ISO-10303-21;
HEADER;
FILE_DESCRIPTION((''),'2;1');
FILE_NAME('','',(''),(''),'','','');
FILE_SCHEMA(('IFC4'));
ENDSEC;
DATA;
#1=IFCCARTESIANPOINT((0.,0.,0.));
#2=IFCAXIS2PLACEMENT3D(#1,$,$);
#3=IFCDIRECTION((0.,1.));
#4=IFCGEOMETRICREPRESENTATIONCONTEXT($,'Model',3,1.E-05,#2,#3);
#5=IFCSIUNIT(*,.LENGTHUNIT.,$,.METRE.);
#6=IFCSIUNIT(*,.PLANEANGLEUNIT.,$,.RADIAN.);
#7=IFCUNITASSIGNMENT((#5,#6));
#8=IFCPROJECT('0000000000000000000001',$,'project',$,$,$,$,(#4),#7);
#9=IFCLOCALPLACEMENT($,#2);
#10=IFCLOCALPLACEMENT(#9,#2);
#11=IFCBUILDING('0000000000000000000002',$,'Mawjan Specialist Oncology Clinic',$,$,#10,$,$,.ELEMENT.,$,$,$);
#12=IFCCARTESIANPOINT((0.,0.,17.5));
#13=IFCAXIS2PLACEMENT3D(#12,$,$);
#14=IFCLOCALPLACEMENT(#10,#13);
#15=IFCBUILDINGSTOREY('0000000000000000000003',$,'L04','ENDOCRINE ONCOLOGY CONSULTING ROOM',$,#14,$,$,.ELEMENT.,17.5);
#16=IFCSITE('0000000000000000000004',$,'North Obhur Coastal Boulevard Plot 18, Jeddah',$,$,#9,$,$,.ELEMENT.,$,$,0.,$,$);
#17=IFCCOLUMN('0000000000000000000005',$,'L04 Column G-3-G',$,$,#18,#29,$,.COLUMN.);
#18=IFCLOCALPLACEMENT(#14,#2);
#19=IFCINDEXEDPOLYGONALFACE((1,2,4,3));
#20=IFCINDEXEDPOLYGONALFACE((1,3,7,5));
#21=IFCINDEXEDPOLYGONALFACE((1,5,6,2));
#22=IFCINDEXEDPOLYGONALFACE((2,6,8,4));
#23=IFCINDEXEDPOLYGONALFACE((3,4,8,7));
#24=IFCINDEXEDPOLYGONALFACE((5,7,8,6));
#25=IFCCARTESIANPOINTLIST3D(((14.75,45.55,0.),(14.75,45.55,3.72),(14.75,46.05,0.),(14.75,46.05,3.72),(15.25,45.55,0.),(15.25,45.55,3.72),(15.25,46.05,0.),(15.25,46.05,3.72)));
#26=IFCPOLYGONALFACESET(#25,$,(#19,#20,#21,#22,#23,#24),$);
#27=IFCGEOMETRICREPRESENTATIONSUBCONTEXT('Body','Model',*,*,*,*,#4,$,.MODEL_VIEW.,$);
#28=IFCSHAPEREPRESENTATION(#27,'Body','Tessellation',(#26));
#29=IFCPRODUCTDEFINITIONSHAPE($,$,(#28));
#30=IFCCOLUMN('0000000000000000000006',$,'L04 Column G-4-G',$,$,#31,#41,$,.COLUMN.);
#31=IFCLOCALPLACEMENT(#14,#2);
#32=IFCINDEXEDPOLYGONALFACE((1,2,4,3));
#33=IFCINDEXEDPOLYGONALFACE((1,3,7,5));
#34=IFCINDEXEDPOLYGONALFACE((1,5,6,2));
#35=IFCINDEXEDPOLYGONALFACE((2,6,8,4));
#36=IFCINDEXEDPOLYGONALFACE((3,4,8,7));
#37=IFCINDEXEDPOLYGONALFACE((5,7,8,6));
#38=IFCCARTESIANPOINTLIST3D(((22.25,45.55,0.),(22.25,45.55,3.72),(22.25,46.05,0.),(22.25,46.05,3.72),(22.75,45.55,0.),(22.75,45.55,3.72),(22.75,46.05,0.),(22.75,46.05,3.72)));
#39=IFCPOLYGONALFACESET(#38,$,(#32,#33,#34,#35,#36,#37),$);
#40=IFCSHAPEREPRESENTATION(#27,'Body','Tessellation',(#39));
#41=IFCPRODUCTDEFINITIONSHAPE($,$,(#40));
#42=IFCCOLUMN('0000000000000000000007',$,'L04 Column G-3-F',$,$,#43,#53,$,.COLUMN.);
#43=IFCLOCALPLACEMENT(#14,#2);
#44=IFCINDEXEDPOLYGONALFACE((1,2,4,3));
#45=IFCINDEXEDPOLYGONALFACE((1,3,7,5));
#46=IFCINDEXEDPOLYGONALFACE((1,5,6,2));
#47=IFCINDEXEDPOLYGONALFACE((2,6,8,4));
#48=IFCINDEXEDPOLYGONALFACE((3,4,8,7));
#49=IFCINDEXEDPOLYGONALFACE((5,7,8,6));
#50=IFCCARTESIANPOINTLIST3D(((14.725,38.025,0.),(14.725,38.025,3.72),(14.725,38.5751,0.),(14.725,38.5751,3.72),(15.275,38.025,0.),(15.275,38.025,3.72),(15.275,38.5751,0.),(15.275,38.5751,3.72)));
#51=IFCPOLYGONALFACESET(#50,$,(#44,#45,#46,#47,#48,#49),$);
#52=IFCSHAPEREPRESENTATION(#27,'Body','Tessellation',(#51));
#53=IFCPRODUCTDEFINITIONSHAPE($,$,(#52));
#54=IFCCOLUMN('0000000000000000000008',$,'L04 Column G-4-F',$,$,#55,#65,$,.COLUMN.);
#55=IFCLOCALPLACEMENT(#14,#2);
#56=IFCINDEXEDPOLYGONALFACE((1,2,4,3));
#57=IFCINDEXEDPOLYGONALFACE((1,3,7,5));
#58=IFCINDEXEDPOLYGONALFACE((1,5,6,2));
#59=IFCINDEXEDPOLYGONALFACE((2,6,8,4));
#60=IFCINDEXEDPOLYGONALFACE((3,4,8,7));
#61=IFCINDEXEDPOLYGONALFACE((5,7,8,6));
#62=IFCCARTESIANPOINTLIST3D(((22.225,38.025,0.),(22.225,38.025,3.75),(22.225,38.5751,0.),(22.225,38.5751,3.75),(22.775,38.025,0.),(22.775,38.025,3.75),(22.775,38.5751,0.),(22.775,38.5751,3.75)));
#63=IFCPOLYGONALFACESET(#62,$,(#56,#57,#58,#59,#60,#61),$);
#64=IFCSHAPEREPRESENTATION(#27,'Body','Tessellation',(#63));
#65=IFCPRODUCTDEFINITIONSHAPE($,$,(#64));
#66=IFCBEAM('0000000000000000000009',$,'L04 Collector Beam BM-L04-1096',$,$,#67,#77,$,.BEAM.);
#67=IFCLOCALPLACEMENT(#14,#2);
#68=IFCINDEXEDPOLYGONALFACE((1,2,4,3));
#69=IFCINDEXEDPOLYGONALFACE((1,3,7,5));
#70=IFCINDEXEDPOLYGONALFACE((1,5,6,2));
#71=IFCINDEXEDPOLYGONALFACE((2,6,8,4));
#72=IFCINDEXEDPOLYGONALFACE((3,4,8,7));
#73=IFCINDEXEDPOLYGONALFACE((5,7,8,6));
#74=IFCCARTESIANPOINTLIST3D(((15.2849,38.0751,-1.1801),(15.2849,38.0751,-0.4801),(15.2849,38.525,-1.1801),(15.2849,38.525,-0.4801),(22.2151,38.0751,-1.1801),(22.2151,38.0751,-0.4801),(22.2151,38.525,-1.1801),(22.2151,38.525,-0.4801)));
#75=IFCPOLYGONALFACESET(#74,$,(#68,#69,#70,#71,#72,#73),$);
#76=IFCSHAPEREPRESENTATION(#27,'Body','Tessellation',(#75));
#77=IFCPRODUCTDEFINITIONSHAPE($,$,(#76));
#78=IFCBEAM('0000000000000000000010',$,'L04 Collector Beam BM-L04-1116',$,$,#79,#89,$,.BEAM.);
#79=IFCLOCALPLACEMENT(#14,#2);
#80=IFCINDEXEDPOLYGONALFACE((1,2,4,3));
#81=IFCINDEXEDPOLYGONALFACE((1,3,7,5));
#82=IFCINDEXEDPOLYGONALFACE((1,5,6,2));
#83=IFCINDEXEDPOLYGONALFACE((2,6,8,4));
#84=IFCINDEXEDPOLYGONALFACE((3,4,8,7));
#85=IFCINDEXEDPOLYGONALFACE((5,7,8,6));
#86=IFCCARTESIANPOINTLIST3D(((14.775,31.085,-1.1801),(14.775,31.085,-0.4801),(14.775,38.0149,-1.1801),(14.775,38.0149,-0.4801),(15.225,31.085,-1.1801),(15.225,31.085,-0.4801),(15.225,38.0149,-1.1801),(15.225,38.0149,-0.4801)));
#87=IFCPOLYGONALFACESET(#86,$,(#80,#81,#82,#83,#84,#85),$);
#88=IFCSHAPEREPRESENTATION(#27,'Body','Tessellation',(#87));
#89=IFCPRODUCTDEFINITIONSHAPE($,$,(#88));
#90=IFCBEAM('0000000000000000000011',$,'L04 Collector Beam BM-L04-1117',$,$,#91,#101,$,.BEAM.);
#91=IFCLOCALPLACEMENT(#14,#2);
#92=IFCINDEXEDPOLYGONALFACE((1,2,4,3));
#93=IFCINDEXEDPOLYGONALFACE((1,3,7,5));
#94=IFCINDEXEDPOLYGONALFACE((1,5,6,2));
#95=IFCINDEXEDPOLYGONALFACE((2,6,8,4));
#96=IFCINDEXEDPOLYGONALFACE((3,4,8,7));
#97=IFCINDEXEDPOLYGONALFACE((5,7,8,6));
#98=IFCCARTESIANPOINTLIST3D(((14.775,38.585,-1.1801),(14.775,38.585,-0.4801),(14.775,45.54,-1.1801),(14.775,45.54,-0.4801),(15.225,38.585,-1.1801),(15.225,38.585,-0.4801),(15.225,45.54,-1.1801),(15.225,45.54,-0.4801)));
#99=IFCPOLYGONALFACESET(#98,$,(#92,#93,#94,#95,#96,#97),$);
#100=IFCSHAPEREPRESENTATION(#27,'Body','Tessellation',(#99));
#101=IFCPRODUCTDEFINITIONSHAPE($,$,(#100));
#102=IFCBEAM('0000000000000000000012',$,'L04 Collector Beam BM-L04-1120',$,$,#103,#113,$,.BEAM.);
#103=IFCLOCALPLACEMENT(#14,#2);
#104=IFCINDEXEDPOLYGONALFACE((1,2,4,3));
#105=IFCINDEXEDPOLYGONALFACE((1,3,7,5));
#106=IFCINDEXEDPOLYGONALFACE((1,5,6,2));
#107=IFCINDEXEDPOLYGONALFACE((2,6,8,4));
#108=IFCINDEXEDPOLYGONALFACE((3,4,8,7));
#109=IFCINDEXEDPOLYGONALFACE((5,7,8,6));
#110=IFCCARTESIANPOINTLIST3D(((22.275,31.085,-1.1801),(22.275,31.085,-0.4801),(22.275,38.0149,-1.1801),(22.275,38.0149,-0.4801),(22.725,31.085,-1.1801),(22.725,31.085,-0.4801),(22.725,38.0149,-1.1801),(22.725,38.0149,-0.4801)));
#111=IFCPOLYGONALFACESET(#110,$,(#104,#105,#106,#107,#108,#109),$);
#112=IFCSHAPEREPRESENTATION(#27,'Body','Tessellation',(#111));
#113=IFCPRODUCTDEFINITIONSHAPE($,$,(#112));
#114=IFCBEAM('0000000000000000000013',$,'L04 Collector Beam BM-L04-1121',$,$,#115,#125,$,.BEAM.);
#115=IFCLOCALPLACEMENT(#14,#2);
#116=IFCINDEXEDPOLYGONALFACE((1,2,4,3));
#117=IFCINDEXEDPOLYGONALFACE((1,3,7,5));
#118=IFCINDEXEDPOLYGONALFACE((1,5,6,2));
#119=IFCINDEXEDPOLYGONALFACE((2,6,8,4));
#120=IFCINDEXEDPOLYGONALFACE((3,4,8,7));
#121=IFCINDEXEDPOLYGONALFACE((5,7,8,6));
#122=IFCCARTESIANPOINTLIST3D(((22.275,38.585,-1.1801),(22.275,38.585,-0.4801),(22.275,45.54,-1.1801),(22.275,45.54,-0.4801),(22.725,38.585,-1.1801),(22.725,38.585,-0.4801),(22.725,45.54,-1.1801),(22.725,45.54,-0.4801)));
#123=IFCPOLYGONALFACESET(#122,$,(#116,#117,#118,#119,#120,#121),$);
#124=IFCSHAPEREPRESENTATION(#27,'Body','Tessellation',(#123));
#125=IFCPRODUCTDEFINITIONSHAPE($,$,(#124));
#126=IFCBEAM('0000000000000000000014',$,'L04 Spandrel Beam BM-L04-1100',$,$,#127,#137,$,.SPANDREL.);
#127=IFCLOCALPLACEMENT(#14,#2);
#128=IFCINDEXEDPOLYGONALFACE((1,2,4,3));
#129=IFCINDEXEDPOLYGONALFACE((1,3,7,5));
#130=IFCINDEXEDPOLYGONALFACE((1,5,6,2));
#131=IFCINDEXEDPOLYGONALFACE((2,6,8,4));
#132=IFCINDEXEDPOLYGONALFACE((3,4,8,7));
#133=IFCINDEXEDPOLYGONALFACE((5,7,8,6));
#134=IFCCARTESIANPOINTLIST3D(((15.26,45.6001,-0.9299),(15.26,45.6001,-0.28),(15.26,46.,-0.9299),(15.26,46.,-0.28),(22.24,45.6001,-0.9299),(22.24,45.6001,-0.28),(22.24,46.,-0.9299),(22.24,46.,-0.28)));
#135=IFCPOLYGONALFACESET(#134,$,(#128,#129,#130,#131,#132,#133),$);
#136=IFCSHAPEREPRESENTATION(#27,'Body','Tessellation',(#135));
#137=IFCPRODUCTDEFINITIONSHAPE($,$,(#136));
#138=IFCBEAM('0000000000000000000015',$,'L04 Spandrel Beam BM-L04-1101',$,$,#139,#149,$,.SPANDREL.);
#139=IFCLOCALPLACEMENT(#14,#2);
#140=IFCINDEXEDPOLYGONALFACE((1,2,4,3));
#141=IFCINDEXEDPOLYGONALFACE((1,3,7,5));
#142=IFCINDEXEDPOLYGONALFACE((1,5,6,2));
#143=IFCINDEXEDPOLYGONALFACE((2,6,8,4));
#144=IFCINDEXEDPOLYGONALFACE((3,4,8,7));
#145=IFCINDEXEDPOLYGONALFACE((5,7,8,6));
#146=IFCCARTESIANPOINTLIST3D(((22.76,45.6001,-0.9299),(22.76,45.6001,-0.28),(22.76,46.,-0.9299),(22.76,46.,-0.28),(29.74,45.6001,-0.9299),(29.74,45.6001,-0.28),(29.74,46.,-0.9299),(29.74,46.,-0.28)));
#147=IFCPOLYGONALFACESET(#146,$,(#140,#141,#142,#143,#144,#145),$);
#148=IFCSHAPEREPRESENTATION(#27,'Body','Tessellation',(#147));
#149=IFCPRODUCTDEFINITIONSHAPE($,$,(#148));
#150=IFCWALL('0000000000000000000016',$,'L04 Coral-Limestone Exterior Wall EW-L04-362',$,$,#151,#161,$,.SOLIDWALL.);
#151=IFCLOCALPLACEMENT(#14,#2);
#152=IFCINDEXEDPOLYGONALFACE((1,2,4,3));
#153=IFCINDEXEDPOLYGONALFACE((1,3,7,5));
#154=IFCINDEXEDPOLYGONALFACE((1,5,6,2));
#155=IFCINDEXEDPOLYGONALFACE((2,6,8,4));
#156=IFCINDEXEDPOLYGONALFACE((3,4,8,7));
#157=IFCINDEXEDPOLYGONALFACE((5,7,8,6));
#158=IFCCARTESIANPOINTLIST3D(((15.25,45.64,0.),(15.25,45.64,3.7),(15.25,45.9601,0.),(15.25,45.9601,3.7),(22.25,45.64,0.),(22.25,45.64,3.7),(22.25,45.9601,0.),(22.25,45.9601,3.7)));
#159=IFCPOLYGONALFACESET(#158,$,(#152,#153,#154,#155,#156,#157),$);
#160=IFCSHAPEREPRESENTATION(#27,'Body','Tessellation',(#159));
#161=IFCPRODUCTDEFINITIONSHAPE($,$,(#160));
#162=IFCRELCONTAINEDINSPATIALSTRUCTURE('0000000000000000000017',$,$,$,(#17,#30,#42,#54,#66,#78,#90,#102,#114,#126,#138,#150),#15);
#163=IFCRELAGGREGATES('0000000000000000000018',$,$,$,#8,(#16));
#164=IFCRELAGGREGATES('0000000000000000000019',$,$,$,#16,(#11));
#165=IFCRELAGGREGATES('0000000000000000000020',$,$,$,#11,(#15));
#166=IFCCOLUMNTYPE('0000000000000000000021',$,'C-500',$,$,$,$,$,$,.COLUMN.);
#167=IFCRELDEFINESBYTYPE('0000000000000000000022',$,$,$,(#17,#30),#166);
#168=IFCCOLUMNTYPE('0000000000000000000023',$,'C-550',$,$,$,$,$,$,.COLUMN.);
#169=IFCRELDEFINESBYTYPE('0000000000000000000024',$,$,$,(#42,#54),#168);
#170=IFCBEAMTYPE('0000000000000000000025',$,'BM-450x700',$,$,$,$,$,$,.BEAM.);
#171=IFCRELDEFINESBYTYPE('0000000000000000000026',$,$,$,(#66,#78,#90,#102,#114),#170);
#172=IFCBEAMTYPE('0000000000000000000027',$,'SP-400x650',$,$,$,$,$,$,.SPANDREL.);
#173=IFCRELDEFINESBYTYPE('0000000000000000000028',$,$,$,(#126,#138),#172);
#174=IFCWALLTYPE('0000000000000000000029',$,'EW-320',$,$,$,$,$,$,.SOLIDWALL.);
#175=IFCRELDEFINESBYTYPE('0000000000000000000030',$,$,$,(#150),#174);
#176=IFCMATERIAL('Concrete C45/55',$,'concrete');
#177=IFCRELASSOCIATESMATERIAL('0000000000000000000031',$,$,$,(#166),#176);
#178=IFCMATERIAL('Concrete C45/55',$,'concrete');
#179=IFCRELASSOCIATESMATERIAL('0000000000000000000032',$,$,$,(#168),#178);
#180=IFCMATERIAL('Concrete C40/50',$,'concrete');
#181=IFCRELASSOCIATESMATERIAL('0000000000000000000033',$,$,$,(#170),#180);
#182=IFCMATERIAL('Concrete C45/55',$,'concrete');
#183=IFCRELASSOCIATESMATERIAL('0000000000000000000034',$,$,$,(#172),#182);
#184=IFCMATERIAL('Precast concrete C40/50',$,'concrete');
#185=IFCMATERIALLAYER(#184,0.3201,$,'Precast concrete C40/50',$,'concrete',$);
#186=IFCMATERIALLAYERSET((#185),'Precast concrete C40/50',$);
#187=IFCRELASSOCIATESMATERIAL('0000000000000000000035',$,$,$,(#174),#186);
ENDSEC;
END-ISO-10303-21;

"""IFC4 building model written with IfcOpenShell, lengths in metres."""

from ifc_helpers import new_model, si_unit, direction, frame, frame_2d, origin, origin_2d, place, context, subcontext, project, spatial, rectangle, extrude, material, layer, layer_set, material_profile, profile_set, type_object, element, save


model = new_model("IFC4")

# Units and contexts
model_context = context("Model", 3, precision=1e-05, world=origin(), true_north=direction((0.0, 1.0)))
body_context = subcontext(model_context, "Body", "Model", "MODEL_VIEW")
ifc_project = project(units=[si_unit("LENGTHUNIT", "METRE"), si_unit("PLANEANGLEUNIT", "RADIAN")], contexts=[model_context])

# Site, building, storey
site_placement = place(None, origin())
site = spatial("IfcSite", under=ifc_project, at=site_placement, Name="North Obhur Coastal Boulevard Plot 18, Jeddah", CompositionType="ELEMENT", RefElevation=0.0)
building_placement = place(site_placement, origin())
building = spatial("IfcBuilding", under=site, at=building_placement, Name="Mawjan Specialist Oncology Clinic", CompositionType="ELEMENT")
storey_placement = place(building_placement, frame((0.0, 0.0, 17.5)))
storey = spatial("IfcBuildingStorey", under=building, at=storey_placement, Name="L04", Description="ENDOCRINE ONCOLOGY CONSULTING ROOM", CompositionType="ELEMENT", Elevation=17.5)

# Columns
ifc_material_1 = material(Name="Concrete C45/55", Category="concrete")
ifc_material_profile_1 = material_profile(ifc_material_1, rectangle(XDim=0.5, YDim=0.5, at=origin_2d()), Name="RC COL 500x500", Category="concrete")
ifc_profile_set_1 = profile_set([ifc_material_profile_1], Name="Concrete C45/55")
column_type_1 = type_object("IfcColumnType", Name="C-500", PredefinedType="COLUMN", material=ifc_profile_set_1)
for number, where, z_axis, x_axis, name in (
    (1, (15.0, 45.8, 0.0), (0.0, 0.0, 1.0), (1.0, 0.0, 0.0), "L04 Column G-3-G"),
    (2, (22.5, 45.8, 0.0), (0.0, 0.0, 1.0), (1.0, 0.0, 0.0), "L04 Column G-4-G"),
):
    element("IfcColumn", number, at=place(storey_placement, frame(where, z_axis=z_axis, x_axis=x_axis)), inside=storey, type_object=column_type_1, Name=name, PredefinedType="COLUMN", context=body_context, shape_type="SweptSolid", body=[
        extrude(rectangle(XDim=0.5, YDim=0.5, at=origin_2d()), origin(), (0.0, 0.0, 1.0), 3.72),
    ])
ifc_material_2 = material(Name="Concrete C45/55", Category="concrete")
ifc_material_profile_2 = material_profile(ifc_material_2, rectangle(XDim=0.55, YDim=0.55, at=origin_2d()), Name="RC COL 550x550", Category="concrete")
ifc_profile_set_2 = profile_set([ifc_material_profile_2], Name="Concrete C45/55")
column_type_2 = type_object("IfcColumnType", Name="C-550", PredefinedType="COLUMN", material=ifc_profile_set_2)
column_1_placement = place(storey_placement, frame((15.0, 38.3, 0.0), z_axis=(0.0, 0.0, 1.0), x_axis=(1.0, 0.0, 0.0)))
element("IfcColumn", 3, at=column_1_placement, inside=storey, type_object=column_type_2, Name="L04 Column G-3-F", PredefinedType="COLUMN", context=body_context, shape_type="SweptSolid", body=[
    extrude(rectangle(XDim=0.55, YDim=0.55, at=origin_2d()), origin(), (0.0, 0.0, 1.0), 3.72),
])
column_2_placement = place(storey_placement, frame((22.5, 38.3, 0.0), z_axis=(0.0, 0.0, 1.0), x_axis=(1.0, 0.0, 0.0)))
element("IfcColumn", 4, at=column_2_placement, inside=storey, type_object=column_type_2, Name="L04 Column G-4-F", PredefinedType="COLUMN", context=body_context, shape_type="SweptSolid", body=[
    extrude(rectangle(XDim=0.55, YDim=0.55, at=origin_2d()), origin(), (0.0, 0.0, 1.0), 3.75),
])

# Beams
ifc_material_3 = material(Name="Concrete C40/50", Category="concrete")
ifc_material_profile_3 = material_profile(ifc_material_3, rectangle(XDim=0.45, YDim=0.7, at=origin_2d()), Name="RC BM 450x700", Category="concrete")
ifc_profile_set_3 = profile_set([ifc_material_profile_3], Name="Concrete C40/50")
beam_type_1 = type_object("IfcBeamType", Name="BM-450x700", PredefinedType="BEAM", material=ifc_profile_set_3)
beam_1_placement = place(storey_placement, frame((15.2849, 38.3, -0.8301), z_axis=(1.0, 0.0, 0.0), x_axis=(0.0, 1.0, 0.0)))
element("IfcBeam", 5, at=beam_1_placement, inside=storey, type_object=beam_type_1, Name="L04 Collector Beam BM-L04-1096", PredefinedType="BEAM", context=body_context, shape_type="SweptSolid", body=[
    extrude(rectangle(XDim=0.45, YDim=0.7, at=origin_2d()), origin(), (0.0, 0.0, 1.0), 6.9302),
])
beam_2_placement = place(storey_placement, frame((15.0, 31.085, -0.8301), z_axis=(0.0, 1.0, 0.0), x_axis=(-1.0, 0.0, 0.0)))
element("IfcBeam", 6, at=beam_2_placement, inside=storey, type_object=beam_type_1, Name="L04 Collector Beam BM-L04-1116", PredefinedType="BEAM", context=body_context, shape_type="SweptSolid", body=[
    extrude(rectangle(XDim=0.45, YDim=0.7, at=origin_2d()), origin(), (0.0, 0.0, 1.0), 6.9299),
])
beam_3_placement = place(storey_placement, frame((15.0, 38.585, -0.8301), z_axis=(0.0, 1.0, 0.0), x_axis=(-1.0, 0.0, 0.0)))
element("IfcBeam", 7, at=beam_3_placement, inside=storey, type_object=beam_type_1, Name="L04 Collector Beam BM-L04-1117", PredefinedType="BEAM", context=body_context, shape_type="SweptSolid", body=[
    extrude(rectangle(XDim=0.45, YDim=0.7, at=origin_2d()), origin(), (0.0, 0.0, 1.0), 6.9551),
])
beam_4_placement = place(storey_placement, frame((22.5, 31.085, -0.8301), z_axis=(0.0, 1.0, 0.0), x_axis=(-1.0, 0.0, 0.0)))
element("IfcBeam", 8, at=beam_4_placement, inside=storey, type_object=beam_type_1, Name="L04 Collector Beam BM-L04-1120", PredefinedType="BEAM", context=body_context, shape_type="SweptSolid", body=[
    extrude(rectangle(XDim=0.45, YDim=0.7, at=origin_2d()), origin(), (0.0, 0.0, 1.0), 6.9299),
])
beam_5_placement = place(storey_placement, frame((22.5, 38.585, -0.8301), z_axis=(0.0, 1.0, 0.0), x_axis=(-1.0, 0.0, 0.0)))
element("IfcBeam", 9, at=beam_5_placement, inside=storey, type_object=beam_type_1, Name="L04 Collector Beam BM-L04-1121", PredefinedType="BEAM", context=body_context, shape_type="SweptSolid", body=[
    extrude(rectangle(XDim=0.45, YDim=0.7, at=origin_2d()), origin(), (0.0, 0.0, 1.0), 6.9551),
])
ifc_material_4 = material(Name="Concrete C45/55", Category="concrete")
ifc_material_profile_4 = material_profile(ifc_material_4, rectangle(XDim=0.3999, YDim=0.6499, at=origin_2d()), Name="RC BM 400x650", Category="concrete")
ifc_profile_set_4 = profile_set([ifc_material_profile_4], Name="Concrete C45/55")
beam_type_2 = type_object("IfcBeamType", Name="SP-400x650", PredefinedType="SPANDREL", material=ifc_profile_set_4)
for number, where, z_axis, x_axis, name in (
    (10, (15.26, 45.8, -0.605), (1.0, 0.0, 0.0), (0.0, 1.0, 0.0), "L04 Spandrel Beam BM-L04-1100"),
    (11, (22.76, 45.8, -0.605), (1.0, 0.0, 0.0), (0.0, 1.0, 0.0), "L04 Spandrel Beam BM-L04-1101"),
):
    element("IfcBeam", number, at=place(storey_placement, frame(where, z_axis=z_axis, x_axis=x_axis)), inside=storey, type_object=beam_type_2, Name=name, PredefinedType="SPANDREL", context=body_context, shape_type="SweptSolid", body=[
        extrude(rectangle(XDim=0.3999, YDim=0.6499, at=origin_2d()), origin(), (0.0, 0.0, 1.0), 6.98),
    ])

# Wall
ifc_material_5 = material(Name="Precast concrete C40/50", Category="concrete")
ifc_layer_1 = layer(ifc_material_5, 0.3201, Name="Precast concrete C40/50", Category="concrete")
ifc_layer_set_1 = layer_set([ifc_layer_1], Name="Precast concrete C40/50")
wall_type_1 = type_object("IfcWallType", Name="EW-320", PredefinedType="SOLIDWALL", material=ifc_layer_set_1)
wall_1_placement = place(storey_placement, frame((15.25, 45.8, 0.0), z_axis=(0.0, 0.0, 1.0), x_axis=(1.0, 0.0, 0.0)))
element("IfcWall", 12, at=wall_1_placement, inside=storey, type_object=wall_type_1, Name="L04 Coral-Limestone Exterior Wall EW-L04-362", PredefinedType="SOLIDWALL", context=body_context, shape_type="SweptSolid", body=[
    extrude(rectangle(XDim=7.0, YDim=0.3201, at=frame_2d((3.5, 0.0))), origin(), (0.0, 0.0, 1.0), 3.7),
])

save(model, "model.ifc")
